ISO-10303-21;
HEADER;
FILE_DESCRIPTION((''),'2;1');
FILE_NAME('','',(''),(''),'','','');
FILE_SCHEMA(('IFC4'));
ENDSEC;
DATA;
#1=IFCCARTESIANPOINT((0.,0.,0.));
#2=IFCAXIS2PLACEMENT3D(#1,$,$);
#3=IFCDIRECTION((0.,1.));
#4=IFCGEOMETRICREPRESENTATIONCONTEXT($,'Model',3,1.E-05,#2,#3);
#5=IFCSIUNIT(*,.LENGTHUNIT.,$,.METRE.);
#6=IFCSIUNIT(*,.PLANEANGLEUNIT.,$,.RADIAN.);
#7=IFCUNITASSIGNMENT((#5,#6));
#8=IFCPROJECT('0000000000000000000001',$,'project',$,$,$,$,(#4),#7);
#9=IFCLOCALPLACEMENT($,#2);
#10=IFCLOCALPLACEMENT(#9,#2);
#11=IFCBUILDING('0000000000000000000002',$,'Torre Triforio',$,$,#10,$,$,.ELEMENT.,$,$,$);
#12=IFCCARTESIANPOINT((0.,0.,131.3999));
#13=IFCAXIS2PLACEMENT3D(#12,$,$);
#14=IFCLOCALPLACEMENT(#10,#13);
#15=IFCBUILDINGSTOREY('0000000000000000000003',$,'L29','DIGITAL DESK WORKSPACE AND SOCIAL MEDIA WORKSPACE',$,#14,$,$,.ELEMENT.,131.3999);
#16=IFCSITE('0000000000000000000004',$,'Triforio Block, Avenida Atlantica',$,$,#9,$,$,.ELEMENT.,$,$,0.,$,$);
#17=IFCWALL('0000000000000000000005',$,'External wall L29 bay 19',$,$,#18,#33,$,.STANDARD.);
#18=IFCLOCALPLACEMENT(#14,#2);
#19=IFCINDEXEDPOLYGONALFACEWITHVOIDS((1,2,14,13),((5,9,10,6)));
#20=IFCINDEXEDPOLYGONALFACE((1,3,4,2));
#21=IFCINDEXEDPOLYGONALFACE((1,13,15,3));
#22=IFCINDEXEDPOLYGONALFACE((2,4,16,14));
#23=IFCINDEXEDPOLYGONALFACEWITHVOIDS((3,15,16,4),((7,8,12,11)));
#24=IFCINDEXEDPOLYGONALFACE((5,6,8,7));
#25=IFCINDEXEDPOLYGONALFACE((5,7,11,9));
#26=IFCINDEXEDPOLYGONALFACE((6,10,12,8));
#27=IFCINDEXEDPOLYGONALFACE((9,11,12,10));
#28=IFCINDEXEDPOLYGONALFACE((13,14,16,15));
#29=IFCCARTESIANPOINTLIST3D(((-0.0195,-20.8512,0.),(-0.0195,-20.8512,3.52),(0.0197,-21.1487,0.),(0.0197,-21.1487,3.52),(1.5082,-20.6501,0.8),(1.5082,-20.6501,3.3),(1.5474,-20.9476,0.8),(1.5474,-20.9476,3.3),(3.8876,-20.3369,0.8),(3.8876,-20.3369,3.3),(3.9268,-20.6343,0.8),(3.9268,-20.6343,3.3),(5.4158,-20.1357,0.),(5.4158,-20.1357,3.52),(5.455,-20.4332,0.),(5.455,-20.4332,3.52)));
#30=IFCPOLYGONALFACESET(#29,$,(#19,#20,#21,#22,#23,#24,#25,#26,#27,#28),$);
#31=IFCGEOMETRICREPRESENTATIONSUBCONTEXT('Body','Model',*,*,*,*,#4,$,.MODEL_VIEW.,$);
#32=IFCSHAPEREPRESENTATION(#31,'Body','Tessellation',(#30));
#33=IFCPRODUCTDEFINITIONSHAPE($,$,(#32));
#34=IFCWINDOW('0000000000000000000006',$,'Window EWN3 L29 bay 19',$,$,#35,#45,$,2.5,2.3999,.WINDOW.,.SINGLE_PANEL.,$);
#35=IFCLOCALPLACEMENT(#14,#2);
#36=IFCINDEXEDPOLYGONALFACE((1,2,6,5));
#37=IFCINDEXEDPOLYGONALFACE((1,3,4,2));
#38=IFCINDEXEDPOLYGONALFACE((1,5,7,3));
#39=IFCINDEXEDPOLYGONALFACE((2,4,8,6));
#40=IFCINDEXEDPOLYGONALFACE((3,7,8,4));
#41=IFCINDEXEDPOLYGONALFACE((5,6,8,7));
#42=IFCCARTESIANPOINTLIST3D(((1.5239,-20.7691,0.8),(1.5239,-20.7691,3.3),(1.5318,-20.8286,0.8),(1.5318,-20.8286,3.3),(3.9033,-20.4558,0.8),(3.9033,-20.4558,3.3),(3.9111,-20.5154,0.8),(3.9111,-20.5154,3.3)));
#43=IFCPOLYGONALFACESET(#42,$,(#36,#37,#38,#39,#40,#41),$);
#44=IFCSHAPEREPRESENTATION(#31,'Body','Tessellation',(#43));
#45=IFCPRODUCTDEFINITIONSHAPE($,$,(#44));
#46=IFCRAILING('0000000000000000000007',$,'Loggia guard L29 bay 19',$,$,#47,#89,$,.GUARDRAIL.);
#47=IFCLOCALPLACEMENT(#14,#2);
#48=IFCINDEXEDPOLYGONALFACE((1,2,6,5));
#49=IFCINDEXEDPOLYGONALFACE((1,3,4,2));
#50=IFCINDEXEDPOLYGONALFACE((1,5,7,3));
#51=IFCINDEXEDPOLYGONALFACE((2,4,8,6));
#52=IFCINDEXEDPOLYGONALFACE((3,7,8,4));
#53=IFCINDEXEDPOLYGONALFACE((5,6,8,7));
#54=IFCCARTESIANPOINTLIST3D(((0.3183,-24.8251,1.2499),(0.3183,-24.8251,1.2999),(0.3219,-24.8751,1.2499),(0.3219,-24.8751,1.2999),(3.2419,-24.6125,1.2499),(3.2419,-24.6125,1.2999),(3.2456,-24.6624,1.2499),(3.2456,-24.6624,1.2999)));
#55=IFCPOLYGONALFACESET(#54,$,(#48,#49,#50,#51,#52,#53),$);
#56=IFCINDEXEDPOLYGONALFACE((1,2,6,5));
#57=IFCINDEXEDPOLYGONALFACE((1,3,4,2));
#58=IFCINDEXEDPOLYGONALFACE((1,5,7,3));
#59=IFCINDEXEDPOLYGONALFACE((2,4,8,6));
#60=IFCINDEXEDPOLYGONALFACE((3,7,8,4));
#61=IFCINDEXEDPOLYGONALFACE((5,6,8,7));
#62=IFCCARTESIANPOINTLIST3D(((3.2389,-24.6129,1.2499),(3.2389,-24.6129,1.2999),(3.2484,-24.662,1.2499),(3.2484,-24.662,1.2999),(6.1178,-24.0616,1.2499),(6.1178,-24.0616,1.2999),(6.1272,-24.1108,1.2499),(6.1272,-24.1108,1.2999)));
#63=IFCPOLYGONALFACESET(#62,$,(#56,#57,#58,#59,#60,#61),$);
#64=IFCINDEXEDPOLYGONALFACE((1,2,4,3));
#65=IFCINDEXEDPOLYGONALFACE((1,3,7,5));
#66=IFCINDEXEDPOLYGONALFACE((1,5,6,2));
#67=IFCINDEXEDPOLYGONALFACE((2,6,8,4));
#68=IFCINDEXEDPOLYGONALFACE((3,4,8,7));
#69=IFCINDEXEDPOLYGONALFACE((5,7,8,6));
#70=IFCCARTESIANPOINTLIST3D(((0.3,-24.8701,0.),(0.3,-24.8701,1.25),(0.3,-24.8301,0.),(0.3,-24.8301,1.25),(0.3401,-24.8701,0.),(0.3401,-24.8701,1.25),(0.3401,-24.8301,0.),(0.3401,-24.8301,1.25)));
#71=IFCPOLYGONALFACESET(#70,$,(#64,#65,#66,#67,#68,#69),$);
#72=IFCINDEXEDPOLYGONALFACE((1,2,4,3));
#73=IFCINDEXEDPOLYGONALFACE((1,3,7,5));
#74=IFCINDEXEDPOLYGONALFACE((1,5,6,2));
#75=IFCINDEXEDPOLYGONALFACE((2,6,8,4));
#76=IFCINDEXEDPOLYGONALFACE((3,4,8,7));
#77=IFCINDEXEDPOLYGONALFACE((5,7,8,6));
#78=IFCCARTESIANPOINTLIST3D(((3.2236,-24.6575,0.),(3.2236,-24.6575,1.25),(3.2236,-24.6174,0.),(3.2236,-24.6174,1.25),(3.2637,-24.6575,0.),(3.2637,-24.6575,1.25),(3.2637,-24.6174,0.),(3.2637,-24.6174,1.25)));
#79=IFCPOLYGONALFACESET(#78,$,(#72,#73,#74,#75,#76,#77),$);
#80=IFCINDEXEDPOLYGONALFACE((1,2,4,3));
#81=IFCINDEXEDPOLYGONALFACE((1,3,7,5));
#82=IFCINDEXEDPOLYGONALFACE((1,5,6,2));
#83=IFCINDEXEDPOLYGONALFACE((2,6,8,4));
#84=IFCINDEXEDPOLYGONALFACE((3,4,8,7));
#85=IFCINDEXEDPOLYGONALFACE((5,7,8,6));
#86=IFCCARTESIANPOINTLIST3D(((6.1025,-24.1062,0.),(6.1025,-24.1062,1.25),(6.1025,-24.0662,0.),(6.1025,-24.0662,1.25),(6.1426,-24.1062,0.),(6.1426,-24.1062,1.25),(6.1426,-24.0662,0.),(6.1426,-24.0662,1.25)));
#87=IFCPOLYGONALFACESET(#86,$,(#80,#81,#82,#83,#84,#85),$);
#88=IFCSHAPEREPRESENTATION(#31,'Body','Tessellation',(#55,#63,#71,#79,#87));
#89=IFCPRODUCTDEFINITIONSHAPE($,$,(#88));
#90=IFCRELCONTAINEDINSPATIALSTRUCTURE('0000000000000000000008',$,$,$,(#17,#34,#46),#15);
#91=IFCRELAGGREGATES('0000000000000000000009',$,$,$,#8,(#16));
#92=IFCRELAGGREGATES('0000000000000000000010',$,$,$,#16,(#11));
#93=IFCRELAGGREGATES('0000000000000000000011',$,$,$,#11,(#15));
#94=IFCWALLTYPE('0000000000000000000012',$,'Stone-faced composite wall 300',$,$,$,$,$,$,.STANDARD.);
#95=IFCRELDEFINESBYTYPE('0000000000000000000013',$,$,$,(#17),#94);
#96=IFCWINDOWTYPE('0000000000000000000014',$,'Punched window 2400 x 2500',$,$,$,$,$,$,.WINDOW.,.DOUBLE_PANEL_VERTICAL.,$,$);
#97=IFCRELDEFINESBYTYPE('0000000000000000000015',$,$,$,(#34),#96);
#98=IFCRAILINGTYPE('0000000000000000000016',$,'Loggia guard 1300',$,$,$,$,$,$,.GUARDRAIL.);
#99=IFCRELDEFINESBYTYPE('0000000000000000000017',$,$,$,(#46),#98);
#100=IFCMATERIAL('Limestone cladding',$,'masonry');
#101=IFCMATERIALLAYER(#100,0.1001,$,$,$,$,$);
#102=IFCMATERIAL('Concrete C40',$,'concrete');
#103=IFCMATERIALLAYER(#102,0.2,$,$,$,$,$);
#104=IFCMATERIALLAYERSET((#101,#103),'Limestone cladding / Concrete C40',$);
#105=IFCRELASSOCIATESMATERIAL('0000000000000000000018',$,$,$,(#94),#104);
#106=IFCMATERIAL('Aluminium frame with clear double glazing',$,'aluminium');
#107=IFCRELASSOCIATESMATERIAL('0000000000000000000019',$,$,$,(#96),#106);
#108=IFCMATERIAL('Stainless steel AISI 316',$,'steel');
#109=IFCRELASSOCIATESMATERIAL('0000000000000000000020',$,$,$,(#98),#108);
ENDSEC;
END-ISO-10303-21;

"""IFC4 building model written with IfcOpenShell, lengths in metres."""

from ifc_helpers import new_model, si_unit, direction, frame, frame_2d, origin, origin_2d, place, context, subcontext, project, spatial, rectangle, extrude, material, layer, layer_set, type_object, element, fill, save


model = new_model("IFC4")

# Units and contexts
model_context = context("Model", 3, precision=1e-05, world=origin(), true_north=direction((0.0, 1.0)))
body_context = subcontext(model_context, "Body", "Model", "MODEL_VIEW")
ifc_project = project(units=[si_unit("LENGTHUNIT", "METRE"), si_unit("PLANEANGLEUNIT", "RADIAN")], contexts=[model_context])

# Site, building, storey
site_placement = place(None, origin())
site = spatial("IfcSite", under=ifc_project, at=site_placement, Name="Triforio Block, Avenida Atlantica", CompositionType="ELEMENT", RefElevation=0.0)
building_placement = place(site_placement, origin())
building = spatial("IfcBuilding", under=site, at=building_placement, Name="Torre Triforio", CompositionType="ELEMENT")
storey_placement = place(building_placement, frame((0.0, 0.0, 131.3999)))
storey = spatial("IfcBuildingStorey", under=building, at=storey_placement, Name="L29", Description="DIGITAL DESK WORKSPACE AND SOCIAL MEDIA WORKSPACE", CompositionType="ELEMENT", Elevation=131.3999)

# Wall, opening, window
ifc_material_1 = material(Name="Limestone cladding", Category="masonry")
ifc_layer_1 = layer(ifc_material_1, 0.1001)
ifc_material_2 = material(Name="Concrete C40", Category="concrete")
ifc_layer_2 = layer(ifc_material_2, 0.2)
ifc_layer_set_1 = layer_set([ifc_layer_1, ifc_layer_2], Name="Limestone cladding / Concrete C40")
wall_type_1 = type_object("IfcWallType", Name="Stone-faced composite wall 300", PredefinedType="STANDARD", material=ifc_layer_set_1)
wall_1_placement = place(storey_placement, frame((0.0, -21.0, 0.0), z_axis=(0.0, 0.0, 1.0), x_axis=(0.991445, 0.130527, 0.0)))
wall_1 = element("IfcWall", 1, at=wall_1_placement, inside=storey, type_object=wall_type_1, Name="External wall L29 bay 19", PredefinedType="STANDARD", context=body_context, shape_type="SweptSolid", body=[
    extrude(rectangle(XDim=5.4822, YDim=0.3, at=frame_2d((2.7412, 0.0))), origin(), (0.0, 0.0, 1.0), 3.52),
])
opening_1_placement = place(wall_1_placement, frame((1.541, 0.0, 0.8)))
opening_1 = element("IfcOpeningElement", 2, at=opening_1_placement, cuts=wall_1, PredefinedType="OPENING", context=body_context, shape_type="SweptSolid", body=[
    extrude(rectangle(XDim=2.3999, YDim=2.5, at=frame_2d((1.2, 1.25))), frame((0.0, 0.1599, 0.0), z_axis=(0.0, -1.0, 0.0), x_axis=(1.0, 0.0, 0.0)), (0.0, 0.0, 1.0), 0.3201),
])
ifc_material_3 = material(Name="Aluminium frame with clear double glazing", Category="aluminium")
window_type_1 = type_object("IfcWindowType", Name="Punched window 2400 x 2500", PartitioningType="DOUBLE_PANEL_VERTICAL", PredefinedType="WINDOW", material=ifc_material_3)
window_1_placement = place(opening_1_placement, origin())
window_1 = element("IfcWindow", 3, at=window_1_placement, inside=storey, type_object=window_type_1, Name="Window EWN3 L29 bay 19", OverallHeight=2.5, OverallWidth=2.3999, PartitioningType="SINGLE_PANEL", PredefinedType="WINDOW", context=body_context, shape_type="SweptSolid", body=[
    extrude(rectangle(XDim=2.3999, YDim=2.5, at=frame_2d((1.2, 1.25))), frame((0.0, 0.03, 0.0), z_axis=(0.0, -1.0, 0.0), x_axis=(1.0, 0.0, 0.0)), (0.0, 0.0, 1.0), 0.0601),
])
fill(opening_1, window_1)

# Railing
ifc_material_4 = material(Name="Stainless steel AISI 316", Category="steel")
railing_type = type_object("IfcRailingType", Name="Loggia guard 1300", PredefinedType="GUARDRAIL", material=ifc_material_4)
railing_placement = place(storey_placement, frame((0.3201, -24.8501, 0.0)))
element("IfcRailing", 4, at=railing_placement, inside=storey, type_object=railing_type, Name="Loggia guard L29 bay 19", PredefinedType="GUARDRAIL", context=body_context, shape_type="SweptSolid", body=[
    extrude(rectangle(XDim=0.05, YDim=0.05, at=origin_2d()), frame((0.0, 0.0, 1.2749), z_axis=(0.997365, 0.072543, 0.0), x_axis=(-0.072543, 0.997365, 0.0)), (0.0, 0.0, 1.0), 2.9314),
    extrude(rectangle(XDim=0.05, YDim=0.05, at=origin_2d()), frame((2.9236, 0.2126, 1.2749), z_axis=(0.982156, 0.188069, 0.0), x_axis=(-0.188069, 0.982156, 0.0)), (0.0, 0.0, 1.0), 2.9312),
    extrude(rectangle(XDim=0.04, YDim=0.04, at=origin_2d()), origin(), (0.0, 0.0, 1.0), 1.25),
    extrude(rectangle(XDim=0.04, YDim=0.04, at=origin_2d()), frame((2.9236, 0.2126, 0.0)), (0.0, 0.0, 1.0), 1.25),
    extrude(rectangle(XDim=0.04, YDim=0.04, at=origin_2d()), frame((5.8025, 0.7639, 0.0)), (0.0, 0.0, 1.0), 1.25),
])

save(model, "model.ifc")
